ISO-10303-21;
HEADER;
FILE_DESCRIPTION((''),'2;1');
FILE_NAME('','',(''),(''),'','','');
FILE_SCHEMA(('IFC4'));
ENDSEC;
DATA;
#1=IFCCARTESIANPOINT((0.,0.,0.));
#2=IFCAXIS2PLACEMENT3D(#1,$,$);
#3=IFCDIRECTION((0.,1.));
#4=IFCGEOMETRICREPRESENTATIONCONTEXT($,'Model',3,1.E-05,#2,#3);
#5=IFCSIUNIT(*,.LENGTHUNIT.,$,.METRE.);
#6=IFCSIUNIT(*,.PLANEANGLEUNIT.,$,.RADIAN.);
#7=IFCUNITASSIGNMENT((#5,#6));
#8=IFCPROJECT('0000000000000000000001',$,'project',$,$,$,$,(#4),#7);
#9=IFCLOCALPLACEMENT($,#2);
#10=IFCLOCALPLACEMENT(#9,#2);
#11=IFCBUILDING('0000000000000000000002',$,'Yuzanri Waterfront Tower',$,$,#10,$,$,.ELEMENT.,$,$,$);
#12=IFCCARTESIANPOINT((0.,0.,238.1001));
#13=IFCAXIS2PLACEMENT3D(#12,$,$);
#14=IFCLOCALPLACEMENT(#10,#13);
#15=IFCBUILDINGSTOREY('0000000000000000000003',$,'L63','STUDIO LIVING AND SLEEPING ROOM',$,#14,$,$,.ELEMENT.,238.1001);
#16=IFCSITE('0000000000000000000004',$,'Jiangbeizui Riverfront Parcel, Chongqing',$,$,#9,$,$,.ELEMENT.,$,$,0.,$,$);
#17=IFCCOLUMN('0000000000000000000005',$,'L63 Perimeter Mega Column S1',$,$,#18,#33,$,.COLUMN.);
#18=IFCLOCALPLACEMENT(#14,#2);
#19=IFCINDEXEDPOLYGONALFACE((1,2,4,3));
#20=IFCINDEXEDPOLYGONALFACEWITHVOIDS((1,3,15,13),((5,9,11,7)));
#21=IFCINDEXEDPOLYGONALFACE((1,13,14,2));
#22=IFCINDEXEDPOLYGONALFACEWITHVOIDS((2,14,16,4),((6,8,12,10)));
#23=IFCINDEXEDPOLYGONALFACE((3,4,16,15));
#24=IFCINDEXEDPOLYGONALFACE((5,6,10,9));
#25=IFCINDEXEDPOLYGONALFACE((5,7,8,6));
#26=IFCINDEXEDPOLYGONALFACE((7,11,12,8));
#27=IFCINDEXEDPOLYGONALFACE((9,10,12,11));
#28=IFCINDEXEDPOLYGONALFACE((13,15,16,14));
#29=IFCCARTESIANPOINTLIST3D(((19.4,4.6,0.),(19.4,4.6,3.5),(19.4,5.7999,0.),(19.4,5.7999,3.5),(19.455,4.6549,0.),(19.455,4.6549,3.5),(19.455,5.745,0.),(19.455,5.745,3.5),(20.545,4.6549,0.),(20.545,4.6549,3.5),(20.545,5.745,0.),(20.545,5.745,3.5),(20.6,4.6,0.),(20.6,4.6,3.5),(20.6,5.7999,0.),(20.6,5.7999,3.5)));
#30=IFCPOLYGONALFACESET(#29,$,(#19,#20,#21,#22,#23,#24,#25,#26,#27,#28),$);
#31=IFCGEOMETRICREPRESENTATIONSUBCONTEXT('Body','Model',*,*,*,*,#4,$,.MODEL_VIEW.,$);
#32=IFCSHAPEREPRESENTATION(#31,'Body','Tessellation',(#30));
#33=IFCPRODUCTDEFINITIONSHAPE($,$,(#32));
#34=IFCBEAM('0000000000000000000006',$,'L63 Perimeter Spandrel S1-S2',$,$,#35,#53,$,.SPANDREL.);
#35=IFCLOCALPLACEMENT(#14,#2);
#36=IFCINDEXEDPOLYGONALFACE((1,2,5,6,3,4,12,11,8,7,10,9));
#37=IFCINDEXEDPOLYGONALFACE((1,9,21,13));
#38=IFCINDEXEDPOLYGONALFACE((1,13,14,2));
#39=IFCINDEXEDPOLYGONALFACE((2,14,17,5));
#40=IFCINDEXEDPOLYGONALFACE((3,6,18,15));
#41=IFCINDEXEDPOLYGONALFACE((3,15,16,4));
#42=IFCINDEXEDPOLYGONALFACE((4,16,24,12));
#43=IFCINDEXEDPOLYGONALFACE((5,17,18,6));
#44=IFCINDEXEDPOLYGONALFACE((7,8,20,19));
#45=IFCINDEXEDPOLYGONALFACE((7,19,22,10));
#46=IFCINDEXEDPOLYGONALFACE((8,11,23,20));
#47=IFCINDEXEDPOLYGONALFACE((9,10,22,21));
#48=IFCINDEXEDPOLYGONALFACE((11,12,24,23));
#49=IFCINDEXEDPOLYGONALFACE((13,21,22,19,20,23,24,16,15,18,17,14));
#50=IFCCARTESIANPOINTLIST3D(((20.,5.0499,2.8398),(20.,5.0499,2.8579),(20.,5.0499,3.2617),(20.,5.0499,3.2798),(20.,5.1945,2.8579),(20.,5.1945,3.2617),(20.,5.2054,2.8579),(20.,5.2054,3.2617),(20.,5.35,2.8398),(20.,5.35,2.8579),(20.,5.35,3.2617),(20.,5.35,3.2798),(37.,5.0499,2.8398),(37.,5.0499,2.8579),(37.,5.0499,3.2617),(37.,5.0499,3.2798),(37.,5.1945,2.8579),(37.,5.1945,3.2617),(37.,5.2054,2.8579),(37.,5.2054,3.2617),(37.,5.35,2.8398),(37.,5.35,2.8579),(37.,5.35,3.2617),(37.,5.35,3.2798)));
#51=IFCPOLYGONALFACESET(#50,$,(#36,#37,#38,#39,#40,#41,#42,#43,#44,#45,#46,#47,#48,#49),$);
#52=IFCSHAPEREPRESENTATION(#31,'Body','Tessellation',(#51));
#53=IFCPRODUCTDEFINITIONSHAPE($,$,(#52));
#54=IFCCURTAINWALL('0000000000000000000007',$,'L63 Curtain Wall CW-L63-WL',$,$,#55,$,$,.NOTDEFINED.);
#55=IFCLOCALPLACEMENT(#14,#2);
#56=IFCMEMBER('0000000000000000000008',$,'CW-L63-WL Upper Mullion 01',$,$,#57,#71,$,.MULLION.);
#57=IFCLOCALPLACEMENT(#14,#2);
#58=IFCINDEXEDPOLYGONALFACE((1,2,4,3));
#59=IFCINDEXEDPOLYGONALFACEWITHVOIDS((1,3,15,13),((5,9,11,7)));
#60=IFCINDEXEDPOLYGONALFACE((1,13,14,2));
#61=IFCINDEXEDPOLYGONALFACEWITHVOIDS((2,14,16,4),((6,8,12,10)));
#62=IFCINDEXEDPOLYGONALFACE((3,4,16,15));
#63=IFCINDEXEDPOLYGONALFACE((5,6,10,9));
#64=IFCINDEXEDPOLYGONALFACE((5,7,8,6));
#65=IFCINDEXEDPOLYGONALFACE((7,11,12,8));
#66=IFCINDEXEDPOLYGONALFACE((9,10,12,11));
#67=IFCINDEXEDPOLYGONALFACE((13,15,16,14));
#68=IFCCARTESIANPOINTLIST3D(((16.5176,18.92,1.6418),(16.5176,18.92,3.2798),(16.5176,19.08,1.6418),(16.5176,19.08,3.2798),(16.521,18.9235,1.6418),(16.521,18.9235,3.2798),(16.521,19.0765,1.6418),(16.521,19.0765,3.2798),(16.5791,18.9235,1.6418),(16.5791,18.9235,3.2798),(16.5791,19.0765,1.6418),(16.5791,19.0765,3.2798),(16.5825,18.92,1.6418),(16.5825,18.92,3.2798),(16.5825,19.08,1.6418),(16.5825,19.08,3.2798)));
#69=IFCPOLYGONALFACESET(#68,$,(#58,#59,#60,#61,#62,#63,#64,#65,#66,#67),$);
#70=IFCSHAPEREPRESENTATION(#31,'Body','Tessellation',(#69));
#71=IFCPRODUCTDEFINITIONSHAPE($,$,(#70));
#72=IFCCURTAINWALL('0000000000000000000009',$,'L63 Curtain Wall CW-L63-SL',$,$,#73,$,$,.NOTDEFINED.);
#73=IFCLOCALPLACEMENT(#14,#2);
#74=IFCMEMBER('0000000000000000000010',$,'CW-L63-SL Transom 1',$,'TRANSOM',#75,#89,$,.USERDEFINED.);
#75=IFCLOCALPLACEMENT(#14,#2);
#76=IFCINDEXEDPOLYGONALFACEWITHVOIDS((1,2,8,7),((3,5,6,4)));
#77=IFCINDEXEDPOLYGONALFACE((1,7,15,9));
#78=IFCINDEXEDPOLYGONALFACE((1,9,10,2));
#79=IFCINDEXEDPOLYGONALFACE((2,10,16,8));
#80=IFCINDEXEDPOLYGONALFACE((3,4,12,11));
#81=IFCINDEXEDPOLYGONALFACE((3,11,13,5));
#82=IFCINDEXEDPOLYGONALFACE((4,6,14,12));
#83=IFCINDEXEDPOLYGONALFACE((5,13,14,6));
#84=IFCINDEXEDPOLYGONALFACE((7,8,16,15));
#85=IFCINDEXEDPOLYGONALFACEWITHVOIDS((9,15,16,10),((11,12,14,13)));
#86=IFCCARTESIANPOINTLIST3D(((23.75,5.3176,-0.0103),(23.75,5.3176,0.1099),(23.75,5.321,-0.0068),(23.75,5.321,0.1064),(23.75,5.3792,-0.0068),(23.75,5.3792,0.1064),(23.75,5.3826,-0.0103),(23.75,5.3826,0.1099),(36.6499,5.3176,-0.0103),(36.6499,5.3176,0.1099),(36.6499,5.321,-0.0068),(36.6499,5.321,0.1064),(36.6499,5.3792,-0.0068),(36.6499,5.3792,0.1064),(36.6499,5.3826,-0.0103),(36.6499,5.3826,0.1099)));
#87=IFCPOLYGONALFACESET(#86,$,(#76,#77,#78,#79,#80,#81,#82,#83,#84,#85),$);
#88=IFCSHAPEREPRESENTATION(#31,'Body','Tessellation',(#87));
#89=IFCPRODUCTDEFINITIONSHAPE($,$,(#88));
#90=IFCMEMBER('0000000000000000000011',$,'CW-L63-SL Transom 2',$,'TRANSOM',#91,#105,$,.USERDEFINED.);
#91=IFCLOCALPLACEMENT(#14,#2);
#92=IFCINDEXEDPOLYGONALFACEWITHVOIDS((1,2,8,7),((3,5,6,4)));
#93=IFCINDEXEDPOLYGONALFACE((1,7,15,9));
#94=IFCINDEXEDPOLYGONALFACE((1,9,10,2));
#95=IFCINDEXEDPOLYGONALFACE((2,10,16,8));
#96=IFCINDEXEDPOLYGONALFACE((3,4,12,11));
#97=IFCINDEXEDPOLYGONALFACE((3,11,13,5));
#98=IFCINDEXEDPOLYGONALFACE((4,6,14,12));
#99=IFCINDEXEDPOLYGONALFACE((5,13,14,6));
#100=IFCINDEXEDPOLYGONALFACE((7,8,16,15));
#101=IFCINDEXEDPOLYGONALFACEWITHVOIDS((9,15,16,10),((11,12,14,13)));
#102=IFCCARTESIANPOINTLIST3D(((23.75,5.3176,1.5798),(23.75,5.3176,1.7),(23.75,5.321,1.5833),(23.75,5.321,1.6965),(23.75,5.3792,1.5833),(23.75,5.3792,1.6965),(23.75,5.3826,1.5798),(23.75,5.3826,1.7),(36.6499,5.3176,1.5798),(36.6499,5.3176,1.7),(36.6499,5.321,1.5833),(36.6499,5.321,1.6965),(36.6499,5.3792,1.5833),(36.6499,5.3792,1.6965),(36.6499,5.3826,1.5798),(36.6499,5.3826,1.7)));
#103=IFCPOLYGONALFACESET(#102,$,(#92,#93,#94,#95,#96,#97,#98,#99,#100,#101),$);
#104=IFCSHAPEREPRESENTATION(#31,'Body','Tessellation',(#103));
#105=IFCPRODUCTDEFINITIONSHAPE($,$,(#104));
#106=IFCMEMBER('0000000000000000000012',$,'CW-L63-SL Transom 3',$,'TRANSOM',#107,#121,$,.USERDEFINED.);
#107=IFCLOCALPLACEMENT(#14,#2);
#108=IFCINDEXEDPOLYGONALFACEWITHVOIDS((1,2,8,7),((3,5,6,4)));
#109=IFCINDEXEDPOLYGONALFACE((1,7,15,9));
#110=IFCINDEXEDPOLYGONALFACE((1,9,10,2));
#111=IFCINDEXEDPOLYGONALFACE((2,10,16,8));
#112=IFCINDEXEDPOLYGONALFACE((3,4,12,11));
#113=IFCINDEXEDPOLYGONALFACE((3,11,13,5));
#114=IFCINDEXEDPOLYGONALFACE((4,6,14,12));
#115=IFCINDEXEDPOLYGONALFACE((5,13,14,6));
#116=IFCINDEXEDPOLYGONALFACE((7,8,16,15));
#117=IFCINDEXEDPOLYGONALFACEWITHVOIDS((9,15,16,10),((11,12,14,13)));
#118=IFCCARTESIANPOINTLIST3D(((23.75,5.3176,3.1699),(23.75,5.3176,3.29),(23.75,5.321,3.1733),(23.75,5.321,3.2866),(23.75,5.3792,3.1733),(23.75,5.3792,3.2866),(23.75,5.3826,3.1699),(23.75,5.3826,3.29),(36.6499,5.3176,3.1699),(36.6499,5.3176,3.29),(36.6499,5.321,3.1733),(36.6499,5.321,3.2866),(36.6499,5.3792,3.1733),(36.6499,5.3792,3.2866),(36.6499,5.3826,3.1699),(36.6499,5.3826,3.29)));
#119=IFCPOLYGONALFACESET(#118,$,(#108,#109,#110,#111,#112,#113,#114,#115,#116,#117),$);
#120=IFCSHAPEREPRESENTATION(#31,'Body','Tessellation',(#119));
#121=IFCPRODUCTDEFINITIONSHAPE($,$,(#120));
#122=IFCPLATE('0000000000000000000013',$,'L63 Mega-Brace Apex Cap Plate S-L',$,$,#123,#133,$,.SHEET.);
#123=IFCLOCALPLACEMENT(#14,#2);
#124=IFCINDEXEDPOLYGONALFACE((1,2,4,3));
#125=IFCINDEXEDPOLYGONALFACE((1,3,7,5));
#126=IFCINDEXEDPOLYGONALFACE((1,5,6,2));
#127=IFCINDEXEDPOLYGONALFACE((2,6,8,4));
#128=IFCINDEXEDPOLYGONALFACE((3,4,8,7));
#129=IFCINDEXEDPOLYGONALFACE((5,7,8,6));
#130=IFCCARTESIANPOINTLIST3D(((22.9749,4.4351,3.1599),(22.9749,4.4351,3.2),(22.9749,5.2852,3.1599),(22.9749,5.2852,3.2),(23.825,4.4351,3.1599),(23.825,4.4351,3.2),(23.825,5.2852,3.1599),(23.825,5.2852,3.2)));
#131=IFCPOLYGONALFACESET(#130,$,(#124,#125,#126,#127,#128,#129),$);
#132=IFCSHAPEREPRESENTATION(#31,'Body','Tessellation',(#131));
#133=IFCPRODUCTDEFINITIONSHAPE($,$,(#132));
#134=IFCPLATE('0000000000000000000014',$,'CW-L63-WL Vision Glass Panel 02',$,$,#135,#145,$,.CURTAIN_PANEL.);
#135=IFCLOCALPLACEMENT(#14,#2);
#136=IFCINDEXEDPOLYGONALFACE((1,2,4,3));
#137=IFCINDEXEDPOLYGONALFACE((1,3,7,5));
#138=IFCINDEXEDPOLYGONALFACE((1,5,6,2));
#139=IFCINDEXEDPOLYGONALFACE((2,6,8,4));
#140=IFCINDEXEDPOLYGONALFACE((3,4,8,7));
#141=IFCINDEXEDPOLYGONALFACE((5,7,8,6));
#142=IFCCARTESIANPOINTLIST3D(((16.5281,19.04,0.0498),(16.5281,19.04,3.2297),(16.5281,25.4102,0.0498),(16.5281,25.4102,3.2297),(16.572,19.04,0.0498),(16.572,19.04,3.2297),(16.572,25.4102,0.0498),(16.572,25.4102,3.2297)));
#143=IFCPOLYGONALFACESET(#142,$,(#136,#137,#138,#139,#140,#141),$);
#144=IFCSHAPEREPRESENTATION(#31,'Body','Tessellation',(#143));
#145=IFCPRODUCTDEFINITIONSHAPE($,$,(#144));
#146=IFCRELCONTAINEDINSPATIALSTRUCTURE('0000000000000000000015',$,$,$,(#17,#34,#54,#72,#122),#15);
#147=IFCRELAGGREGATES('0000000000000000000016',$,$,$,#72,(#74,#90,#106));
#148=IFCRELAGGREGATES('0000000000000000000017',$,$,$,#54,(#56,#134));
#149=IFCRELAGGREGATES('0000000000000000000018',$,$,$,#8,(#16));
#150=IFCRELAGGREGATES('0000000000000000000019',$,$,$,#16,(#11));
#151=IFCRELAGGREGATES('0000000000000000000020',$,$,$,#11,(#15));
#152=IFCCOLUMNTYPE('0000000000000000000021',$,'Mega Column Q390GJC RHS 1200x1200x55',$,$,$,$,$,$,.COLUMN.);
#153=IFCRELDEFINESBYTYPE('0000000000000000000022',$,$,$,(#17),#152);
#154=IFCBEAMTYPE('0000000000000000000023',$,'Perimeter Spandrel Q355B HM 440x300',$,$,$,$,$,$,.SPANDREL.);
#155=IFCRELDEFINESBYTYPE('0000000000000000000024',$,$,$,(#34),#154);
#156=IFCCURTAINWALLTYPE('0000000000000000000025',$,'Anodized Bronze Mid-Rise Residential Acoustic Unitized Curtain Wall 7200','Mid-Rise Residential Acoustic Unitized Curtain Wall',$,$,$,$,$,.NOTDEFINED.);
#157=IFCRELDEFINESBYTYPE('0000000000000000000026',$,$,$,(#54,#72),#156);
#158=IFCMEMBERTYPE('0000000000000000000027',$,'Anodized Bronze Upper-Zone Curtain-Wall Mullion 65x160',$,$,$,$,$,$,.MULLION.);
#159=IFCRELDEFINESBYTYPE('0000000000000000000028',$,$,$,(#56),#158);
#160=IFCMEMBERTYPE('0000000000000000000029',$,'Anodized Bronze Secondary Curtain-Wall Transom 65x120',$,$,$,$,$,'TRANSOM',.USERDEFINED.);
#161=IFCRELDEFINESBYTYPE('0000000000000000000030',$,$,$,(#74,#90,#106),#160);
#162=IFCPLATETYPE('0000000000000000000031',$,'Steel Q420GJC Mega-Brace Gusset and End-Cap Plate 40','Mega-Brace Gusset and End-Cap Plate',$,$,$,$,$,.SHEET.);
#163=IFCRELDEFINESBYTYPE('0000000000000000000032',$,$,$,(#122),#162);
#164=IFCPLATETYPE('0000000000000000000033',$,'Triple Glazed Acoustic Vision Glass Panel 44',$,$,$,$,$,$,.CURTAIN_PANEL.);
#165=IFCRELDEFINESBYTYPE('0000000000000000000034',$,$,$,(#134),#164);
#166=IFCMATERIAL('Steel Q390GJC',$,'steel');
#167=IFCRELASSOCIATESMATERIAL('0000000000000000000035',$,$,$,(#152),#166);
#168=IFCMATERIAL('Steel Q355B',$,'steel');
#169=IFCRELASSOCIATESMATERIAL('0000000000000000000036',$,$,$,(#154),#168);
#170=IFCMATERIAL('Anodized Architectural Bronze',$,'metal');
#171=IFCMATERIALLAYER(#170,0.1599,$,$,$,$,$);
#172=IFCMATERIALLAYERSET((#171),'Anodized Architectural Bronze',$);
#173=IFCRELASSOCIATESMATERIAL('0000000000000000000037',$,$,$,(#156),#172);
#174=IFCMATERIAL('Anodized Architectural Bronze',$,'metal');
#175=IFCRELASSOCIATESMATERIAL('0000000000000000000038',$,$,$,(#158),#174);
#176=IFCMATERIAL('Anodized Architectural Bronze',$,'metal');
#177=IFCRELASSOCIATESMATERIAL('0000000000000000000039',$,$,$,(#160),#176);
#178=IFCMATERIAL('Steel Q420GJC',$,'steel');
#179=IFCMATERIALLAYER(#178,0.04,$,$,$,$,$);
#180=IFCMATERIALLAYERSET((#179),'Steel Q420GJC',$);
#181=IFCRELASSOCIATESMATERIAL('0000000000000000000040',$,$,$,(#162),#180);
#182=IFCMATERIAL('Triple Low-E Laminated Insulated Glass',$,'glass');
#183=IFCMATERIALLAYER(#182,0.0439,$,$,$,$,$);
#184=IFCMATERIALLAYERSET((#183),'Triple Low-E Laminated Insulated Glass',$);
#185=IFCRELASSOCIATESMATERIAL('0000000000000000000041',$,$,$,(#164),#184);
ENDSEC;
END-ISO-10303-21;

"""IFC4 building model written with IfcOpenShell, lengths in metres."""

from ifc_helpers import new_model, si_unit, direction, frame, origin, origin_2d, place, context, subcontext, project, spatial, rectangle, hollow_rectangle, i_section, extrude, source, transform, mapped, material, layer, layer_set, material_profile, profile_set, type_object, element, aggregate, save


model = new_model("IFC4")

# Units and contexts
model_context = context("Model", 3, precision=1e-05, world=origin(), true_north=direction((0.0, 1.0)))
body_context = subcontext(model_context, "Body", "Model", "MODEL_VIEW")
ifc_project = project(units=[si_unit("LENGTHUNIT", "METRE"), si_unit("PLANEANGLEUNIT", "RADIAN")], contexts=[model_context])

# Site, building, storey
site_placement = place(None, origin())
site = spatial("IfcSite", under=ifc_project, at=site_placement, Name="Jiangbeizui Riverfront Parcel, Chongqing", CompositionType="ELEMENT", RefElevation=0.0)
building_placement = place(site_placement, origin())
building = spatial("IfcBuilding", under=site, at=building_placement, Name="Yuzanri Waterfront Tower", CompositionType="ELEMENT")
storey_placement = place(building_placement, frame((0.0, 0.0, 238.1001)))
storey = spatial("IfcBuildingStorey", under=building, at=storey_placement, Name="L63", Description="STUDIO LIVING AND SLEEPING ROOM", CompositionType="ELEMENT", Elevation=238.1001)

# Column
ifc_material_1 = material(Name="Steel Q390GJC", Category="steel")
ifc_material_profile_1 = material_profile(ifc_material_1, hollow_rectangle(XDim=1.2, YDim=1.2, WallThickness=0.0549, at=origin_2d()), Name="RHS 1200x1200x55")
ifc_profile_set_1 = profile_set([ifc_material_profile_1], Name="Steel Q390GJC")
column_type = type_object("IfcColumnType", Name="Mega Column Q390GJC RHS 1200x1200x55", PredefinedType="COLUMN", material=ifc_profile_set_1)
shared_shape_1 = source(origin(), body_context, "Body", "SweptSolid", [
    extrude(hollow_rectangle(XDim=1.2, YDim=1.2, WallThickness=0.0549, at=origin_2d()), origin(), (0.0, 0.0, 1.0), 3.5),
])
column_placement = place(storey_placement, frame((20.0, 5.2, 0.0), z_axis=(0.0, 0.0, 1.0), x_axis=(1.0, 0.0, 0.0)))
element("IfcColumn", 1, at=column_placement, inside=storey, type_object=column_type, Name="L63 Perimeter Mega Column S1", PredefinedType="COLUMN", context=body_context, shape_type="MappedRepresentation", body=[
    mapped(shared_shape_1, transform((0.0, 0.0, 0.0), scale=1.0)),
])

# Beam
ifc_material_2 = material(Name="Steel Q355B", Category="steel")
ifc_material_profile_2 = material_profile(ifc_material_2, i_section(OverallWidth=0.3, OverallDepth=0.4399, WebThickness=0.011, FlangeThickness=0.0181, at=origin_2d()), Name="HM 440x300x11x18")
ifc_profile_set_2 = profile_set([ifc_material_profile_2], Name="Steel Q355B")
beam_type = type_object("IfcBeamType", Name="Perimeter Spandrel Q355B HM 440x300", PredefinedType="SPANDREL", material=ifc_profile_set_2)
shared_shape_2 = source(origin(), body_context, "Body", "SweptSolid", [
    extrude(i_section(OverallWidth=0.3, OverallDepth=0.4399, WebThickness=0.011, FlangeThickness=0.0181, at=origin_2d()), origin(), (0.0, 0.0, 1.0), 17.0),
])
beam_placement = place(storey_placement, frame((20.0, 5.2, 3.0598), z_axis=(1.0, 0.0, 0.0), x_axis=(0.0, 1.0, 0.0)))
element("IfcBeam", 2, at=beam_placement, inside=storey, type_object=beam_type, Name="L63 Perimeter Spandrel S1-S2", PredefinedType="SPANDREL", context=body_context, shape_type="MappedRepresentation", body=[
    mapped(shared_shape_2, transform((0.0, 0.0, 0.0), scale=1.0)),
])

# Curtain wall, member
ifc_material_3 = material(Name="Anodized Architectural Bronze", Category="metal")
ifc_layer_1 = layer(ifc_material_3, 0.1599)
ifc_layer_set_1 = layer_set([ifc_layer_1], Name="Anodized Architectural Bronze")
curtain_wall_type = type_object("IfcCurtainWallType", Name="Anodized Bronze Mid-Rise Residential Acoustic Unitized Curtain Wall 7200", Description="Mid-Rise Residential Acoustic Unitized Curtain Wall", PredefinedType="NOTDEFINED", material=ifc_layer_set_1)
curtain_wall_1_placement = place(storey_placement, origin())
curtain_wall_1 = element("IfcCurtainWall", 3, at=curtain_wall_1_placement, inside=storey, type_object=curtain_wall_type, Name="L63 Curtain Wall CW-L63-WL", PredefinedType="NOTDEFINED")
ifc_material_4 = material(Name="Anodized Architectural Bronze", Category="metal")
ifc_material_profile_3 = material_profile(ifc_material_4, hollow_rectangle(XDim=0.0649, YDim=0.1599, WallThickness=0.0034, at=origin_2d()), Name="CWM 65x160")
ifc_profile_set_3 = profile_set([ifc_material_profile_3], Name="Anodized Architectural Bronze")
member_type_1 = type_object("IfcMemberType", Name="Anodized Bronze Upper-Zone Curtain-Wall Mullion 65x160", PredefinedType="MULLION", material=ifc_profile_set_3)
shared_shape_3 = source(origin(), body_context, "Body", "SweptSolid", [
    extrude(hollow_rectangle(XDim=0.0649, YDim=0.1599, WallThickness=0.0034, at=origin_2d()), origin(), (0.0, 0.0, 1.0), 1.6379),
])
member_1_placement = place(storey_placement, frame((16.55, 19.0, 1.6418), z_axis=(0.0, 0.0, 1.0), x_axis=(1.0, 0.0, 0.0)))
member_1 = element("IfcMember", 4, at=member_1_placement, type_object=member_type_1, Name="CW-L63-WL Upper Mullion 01", PredefinedType="MULLION", context=body_context, shape_type="MappedRepresentation", body=[
    mapped(shared_shape_3, transform((0.0, 0.0, 0.0), scale=1.0)),
])

# Curtain wall, members
curtain_wall_2_placement = place(storey_placement, origin())
curtain_wall_2 = element("IfcCurtainWall", 5, at=curtain_wall_2_placement, inside=storey, type_object=curtain_wall_type, Name="L63 Curtain Wall CW-L63-SL", PredefinedType="NOTDEFINED")
ifc_material_5 = material(Name="Anodized Architectural Bronze", Category="metal")
ifc_material_profile_4 = material_profile(ifc_material_5, hollow_rectangle(XDim=0.0649, YDim=0.1201, WallThickness=0.0034, at=origin_2d()), Name="CWT 65x120")
ifc_profile_set_4 = profile_set([ifc_material_profile_4], Name="Anodized Architectural Bronze")
member_type_2 = type_object("IfcMemberType", Name="Anodized Bronze Secondary Curtain-Wall Transom 65x120", ElementType="TRANSOM", PredefinedType="USERDEFINED", material=ifc_profile_set_4)
shared_shape_4 = source(origin(), body_context, "Body", "SweptSolid", [
    extrude(hollow_rectangle(XDim=0.0649, YDim=0.1201, WallThickness=0.0034, at=origin_2d()), origin(), (0.0, 0.0, 1.0), 12.8999),
])
member_2_placement = place(storey_placement, frame((23.75, 5.3501, 0.0498), z_axis=(1.0, 0.0, 0.0), x_axis=(0.0, 1.0, 0.0)))
member_2 = element("IfcMember", 6, at=member_2_placement, type_object=member_type_2, Name="CW-L63-SL Transom 1", ObjectType="TRANSOM", PredefinedType="USERDEFINED", context=body_context, shape_type="MappedRepresentation", body=[
    mapped(shared_shape_4, transform((0.0, 0.0, 0.0), scale=1.0)),
])
member_3_placement = place(storey_placement, frame((23.75, 5.3501, 1.6399), z_axis=(1.0, 0.0, 0.0), x_axis=(0.0, 1.0, 0.0)))
member_3 = element("IfcMember", 7, at=member_3_placement, type_object=member_type_2, Name="CW-L63-SL Transom 2", ObjectType="TRANSOM", PredefinedType="USERDEFINED", context=body_context, shape_type="MappedRepresentation", body=[
    mapped(shared_shape_4, transform((0.0, 0.0, 0.0), scale=1.0)),
])
member_4_placement = place(storey_placement, frame((23.75, 5.3501, 3.23), z_axis=(1.0, 0.0, 0.0), x_axis=(0.0, 1.0, 0.0)))
member_4 = element("IfcMember", 8, at=member_4_placement, type_object=member_type_2, Name="CW-L63-SL Transom 3", ObjectType="TRANSOM", PredefinedType="USERDEFINED", context=body_context, shape_type="MappedRepresentation", body=[
    mapped(shared_shape_4, transform((0.0, 0.0, 0.0), scale=1.0)),
])
aggregate(curtain_wall_2, [member_2, member_3, member_4])

# Plates
ifc_material_6 = material(Name="Steel Q420GJC", Category="steel")
ifc_layer_2 = layer(ifc_material_6, 0.04)
ifc_layer_set_2 = layer_set([ifc_layer_2], Name="Steel Q420GJC")
plate_type_1 = type_object("IfcPlateType", Name="Steel Q420GJC Mega-Brace Gusset and End-Cap Plate 40", Description="Mega-Brace Gusset and End-Cap Plate", PredefinedType="SHEET", material=ifc_layer_set_2)
shared_shape_5 = source(origin(), body_context, "Body", "SweptSolid", [
    extrude(rectangle(XDim=0.8501, YDim=0.8501, at=origin_2d()), origin(), (0.0, 0.0, 1.0), 0.04),
])
plate_1_placement = place(storey_placement, frame((23.3999, 4.8601, 3.1599), z_axis=(0.0, 0.0, 1.0), x_axis=(1.0, 0.0, 0.0)))
element("IfcPlate", 9, at=plate_1_placement, inside=storey, type_object=plate_type_1, Name="L63 Mega-Brace Apex Cap Plate S-L", PredefinedType="SHEET", context=body_context, shape_type="MappedRepresentation", body=[
    mapped(shared_shape_5, transform((0.0, 0.0, 0.0), scale=1.0)),
])
ifc_material_7 = material(Name="Triple Low-E Laminated Insulated Glass", Category="glass")
ifc_layer_3 = layer(ifc_material_7, 0.0439)
ifc_layer_set_3 = layer_set([ifc_layer_3], Name="Triple Low-E Laminated Insulated Glass")
plate_type_2 = type_object("IfcPlateType", Name="Triple Glazed Acoustic Vision Glass Panel 44", PredefinedType="CURTAIN_PANEL", material=ifc_layer_set_3)
shared_shape_6 = source(origin(), body_context, "Body", "SweptSolid", [
    extrude(rectangle(XDim=6.3701, YDim=0.0439, at=origin_2d()), origin(), (0.0, 0.0, 1.0), 3.1799),
])
plate_2_placement = place(storey_placement, frame((16.55, 22.2251, 0.0498), z_axis=(0.0, 0.0, 1.0), x_axis=(0.0, 1.0, 0.0)))
plate_2 = element("IfcPlate", 10, at=plate_2_placement, type_object=plate_type_2, Name="CW-L63-WL Vision Glass Panel 02", PredefinedType="CURTAIN_PANEL", context=body_context, shape_type="MappedRepresentation", body=[
    mapped(shared_shape_6, transform((0.0, 0.0, 0.0), scale=1.0)),
])
aggregate(curtain_wall_1, [member_1, plate_2])

save(model, "model.ifc")
